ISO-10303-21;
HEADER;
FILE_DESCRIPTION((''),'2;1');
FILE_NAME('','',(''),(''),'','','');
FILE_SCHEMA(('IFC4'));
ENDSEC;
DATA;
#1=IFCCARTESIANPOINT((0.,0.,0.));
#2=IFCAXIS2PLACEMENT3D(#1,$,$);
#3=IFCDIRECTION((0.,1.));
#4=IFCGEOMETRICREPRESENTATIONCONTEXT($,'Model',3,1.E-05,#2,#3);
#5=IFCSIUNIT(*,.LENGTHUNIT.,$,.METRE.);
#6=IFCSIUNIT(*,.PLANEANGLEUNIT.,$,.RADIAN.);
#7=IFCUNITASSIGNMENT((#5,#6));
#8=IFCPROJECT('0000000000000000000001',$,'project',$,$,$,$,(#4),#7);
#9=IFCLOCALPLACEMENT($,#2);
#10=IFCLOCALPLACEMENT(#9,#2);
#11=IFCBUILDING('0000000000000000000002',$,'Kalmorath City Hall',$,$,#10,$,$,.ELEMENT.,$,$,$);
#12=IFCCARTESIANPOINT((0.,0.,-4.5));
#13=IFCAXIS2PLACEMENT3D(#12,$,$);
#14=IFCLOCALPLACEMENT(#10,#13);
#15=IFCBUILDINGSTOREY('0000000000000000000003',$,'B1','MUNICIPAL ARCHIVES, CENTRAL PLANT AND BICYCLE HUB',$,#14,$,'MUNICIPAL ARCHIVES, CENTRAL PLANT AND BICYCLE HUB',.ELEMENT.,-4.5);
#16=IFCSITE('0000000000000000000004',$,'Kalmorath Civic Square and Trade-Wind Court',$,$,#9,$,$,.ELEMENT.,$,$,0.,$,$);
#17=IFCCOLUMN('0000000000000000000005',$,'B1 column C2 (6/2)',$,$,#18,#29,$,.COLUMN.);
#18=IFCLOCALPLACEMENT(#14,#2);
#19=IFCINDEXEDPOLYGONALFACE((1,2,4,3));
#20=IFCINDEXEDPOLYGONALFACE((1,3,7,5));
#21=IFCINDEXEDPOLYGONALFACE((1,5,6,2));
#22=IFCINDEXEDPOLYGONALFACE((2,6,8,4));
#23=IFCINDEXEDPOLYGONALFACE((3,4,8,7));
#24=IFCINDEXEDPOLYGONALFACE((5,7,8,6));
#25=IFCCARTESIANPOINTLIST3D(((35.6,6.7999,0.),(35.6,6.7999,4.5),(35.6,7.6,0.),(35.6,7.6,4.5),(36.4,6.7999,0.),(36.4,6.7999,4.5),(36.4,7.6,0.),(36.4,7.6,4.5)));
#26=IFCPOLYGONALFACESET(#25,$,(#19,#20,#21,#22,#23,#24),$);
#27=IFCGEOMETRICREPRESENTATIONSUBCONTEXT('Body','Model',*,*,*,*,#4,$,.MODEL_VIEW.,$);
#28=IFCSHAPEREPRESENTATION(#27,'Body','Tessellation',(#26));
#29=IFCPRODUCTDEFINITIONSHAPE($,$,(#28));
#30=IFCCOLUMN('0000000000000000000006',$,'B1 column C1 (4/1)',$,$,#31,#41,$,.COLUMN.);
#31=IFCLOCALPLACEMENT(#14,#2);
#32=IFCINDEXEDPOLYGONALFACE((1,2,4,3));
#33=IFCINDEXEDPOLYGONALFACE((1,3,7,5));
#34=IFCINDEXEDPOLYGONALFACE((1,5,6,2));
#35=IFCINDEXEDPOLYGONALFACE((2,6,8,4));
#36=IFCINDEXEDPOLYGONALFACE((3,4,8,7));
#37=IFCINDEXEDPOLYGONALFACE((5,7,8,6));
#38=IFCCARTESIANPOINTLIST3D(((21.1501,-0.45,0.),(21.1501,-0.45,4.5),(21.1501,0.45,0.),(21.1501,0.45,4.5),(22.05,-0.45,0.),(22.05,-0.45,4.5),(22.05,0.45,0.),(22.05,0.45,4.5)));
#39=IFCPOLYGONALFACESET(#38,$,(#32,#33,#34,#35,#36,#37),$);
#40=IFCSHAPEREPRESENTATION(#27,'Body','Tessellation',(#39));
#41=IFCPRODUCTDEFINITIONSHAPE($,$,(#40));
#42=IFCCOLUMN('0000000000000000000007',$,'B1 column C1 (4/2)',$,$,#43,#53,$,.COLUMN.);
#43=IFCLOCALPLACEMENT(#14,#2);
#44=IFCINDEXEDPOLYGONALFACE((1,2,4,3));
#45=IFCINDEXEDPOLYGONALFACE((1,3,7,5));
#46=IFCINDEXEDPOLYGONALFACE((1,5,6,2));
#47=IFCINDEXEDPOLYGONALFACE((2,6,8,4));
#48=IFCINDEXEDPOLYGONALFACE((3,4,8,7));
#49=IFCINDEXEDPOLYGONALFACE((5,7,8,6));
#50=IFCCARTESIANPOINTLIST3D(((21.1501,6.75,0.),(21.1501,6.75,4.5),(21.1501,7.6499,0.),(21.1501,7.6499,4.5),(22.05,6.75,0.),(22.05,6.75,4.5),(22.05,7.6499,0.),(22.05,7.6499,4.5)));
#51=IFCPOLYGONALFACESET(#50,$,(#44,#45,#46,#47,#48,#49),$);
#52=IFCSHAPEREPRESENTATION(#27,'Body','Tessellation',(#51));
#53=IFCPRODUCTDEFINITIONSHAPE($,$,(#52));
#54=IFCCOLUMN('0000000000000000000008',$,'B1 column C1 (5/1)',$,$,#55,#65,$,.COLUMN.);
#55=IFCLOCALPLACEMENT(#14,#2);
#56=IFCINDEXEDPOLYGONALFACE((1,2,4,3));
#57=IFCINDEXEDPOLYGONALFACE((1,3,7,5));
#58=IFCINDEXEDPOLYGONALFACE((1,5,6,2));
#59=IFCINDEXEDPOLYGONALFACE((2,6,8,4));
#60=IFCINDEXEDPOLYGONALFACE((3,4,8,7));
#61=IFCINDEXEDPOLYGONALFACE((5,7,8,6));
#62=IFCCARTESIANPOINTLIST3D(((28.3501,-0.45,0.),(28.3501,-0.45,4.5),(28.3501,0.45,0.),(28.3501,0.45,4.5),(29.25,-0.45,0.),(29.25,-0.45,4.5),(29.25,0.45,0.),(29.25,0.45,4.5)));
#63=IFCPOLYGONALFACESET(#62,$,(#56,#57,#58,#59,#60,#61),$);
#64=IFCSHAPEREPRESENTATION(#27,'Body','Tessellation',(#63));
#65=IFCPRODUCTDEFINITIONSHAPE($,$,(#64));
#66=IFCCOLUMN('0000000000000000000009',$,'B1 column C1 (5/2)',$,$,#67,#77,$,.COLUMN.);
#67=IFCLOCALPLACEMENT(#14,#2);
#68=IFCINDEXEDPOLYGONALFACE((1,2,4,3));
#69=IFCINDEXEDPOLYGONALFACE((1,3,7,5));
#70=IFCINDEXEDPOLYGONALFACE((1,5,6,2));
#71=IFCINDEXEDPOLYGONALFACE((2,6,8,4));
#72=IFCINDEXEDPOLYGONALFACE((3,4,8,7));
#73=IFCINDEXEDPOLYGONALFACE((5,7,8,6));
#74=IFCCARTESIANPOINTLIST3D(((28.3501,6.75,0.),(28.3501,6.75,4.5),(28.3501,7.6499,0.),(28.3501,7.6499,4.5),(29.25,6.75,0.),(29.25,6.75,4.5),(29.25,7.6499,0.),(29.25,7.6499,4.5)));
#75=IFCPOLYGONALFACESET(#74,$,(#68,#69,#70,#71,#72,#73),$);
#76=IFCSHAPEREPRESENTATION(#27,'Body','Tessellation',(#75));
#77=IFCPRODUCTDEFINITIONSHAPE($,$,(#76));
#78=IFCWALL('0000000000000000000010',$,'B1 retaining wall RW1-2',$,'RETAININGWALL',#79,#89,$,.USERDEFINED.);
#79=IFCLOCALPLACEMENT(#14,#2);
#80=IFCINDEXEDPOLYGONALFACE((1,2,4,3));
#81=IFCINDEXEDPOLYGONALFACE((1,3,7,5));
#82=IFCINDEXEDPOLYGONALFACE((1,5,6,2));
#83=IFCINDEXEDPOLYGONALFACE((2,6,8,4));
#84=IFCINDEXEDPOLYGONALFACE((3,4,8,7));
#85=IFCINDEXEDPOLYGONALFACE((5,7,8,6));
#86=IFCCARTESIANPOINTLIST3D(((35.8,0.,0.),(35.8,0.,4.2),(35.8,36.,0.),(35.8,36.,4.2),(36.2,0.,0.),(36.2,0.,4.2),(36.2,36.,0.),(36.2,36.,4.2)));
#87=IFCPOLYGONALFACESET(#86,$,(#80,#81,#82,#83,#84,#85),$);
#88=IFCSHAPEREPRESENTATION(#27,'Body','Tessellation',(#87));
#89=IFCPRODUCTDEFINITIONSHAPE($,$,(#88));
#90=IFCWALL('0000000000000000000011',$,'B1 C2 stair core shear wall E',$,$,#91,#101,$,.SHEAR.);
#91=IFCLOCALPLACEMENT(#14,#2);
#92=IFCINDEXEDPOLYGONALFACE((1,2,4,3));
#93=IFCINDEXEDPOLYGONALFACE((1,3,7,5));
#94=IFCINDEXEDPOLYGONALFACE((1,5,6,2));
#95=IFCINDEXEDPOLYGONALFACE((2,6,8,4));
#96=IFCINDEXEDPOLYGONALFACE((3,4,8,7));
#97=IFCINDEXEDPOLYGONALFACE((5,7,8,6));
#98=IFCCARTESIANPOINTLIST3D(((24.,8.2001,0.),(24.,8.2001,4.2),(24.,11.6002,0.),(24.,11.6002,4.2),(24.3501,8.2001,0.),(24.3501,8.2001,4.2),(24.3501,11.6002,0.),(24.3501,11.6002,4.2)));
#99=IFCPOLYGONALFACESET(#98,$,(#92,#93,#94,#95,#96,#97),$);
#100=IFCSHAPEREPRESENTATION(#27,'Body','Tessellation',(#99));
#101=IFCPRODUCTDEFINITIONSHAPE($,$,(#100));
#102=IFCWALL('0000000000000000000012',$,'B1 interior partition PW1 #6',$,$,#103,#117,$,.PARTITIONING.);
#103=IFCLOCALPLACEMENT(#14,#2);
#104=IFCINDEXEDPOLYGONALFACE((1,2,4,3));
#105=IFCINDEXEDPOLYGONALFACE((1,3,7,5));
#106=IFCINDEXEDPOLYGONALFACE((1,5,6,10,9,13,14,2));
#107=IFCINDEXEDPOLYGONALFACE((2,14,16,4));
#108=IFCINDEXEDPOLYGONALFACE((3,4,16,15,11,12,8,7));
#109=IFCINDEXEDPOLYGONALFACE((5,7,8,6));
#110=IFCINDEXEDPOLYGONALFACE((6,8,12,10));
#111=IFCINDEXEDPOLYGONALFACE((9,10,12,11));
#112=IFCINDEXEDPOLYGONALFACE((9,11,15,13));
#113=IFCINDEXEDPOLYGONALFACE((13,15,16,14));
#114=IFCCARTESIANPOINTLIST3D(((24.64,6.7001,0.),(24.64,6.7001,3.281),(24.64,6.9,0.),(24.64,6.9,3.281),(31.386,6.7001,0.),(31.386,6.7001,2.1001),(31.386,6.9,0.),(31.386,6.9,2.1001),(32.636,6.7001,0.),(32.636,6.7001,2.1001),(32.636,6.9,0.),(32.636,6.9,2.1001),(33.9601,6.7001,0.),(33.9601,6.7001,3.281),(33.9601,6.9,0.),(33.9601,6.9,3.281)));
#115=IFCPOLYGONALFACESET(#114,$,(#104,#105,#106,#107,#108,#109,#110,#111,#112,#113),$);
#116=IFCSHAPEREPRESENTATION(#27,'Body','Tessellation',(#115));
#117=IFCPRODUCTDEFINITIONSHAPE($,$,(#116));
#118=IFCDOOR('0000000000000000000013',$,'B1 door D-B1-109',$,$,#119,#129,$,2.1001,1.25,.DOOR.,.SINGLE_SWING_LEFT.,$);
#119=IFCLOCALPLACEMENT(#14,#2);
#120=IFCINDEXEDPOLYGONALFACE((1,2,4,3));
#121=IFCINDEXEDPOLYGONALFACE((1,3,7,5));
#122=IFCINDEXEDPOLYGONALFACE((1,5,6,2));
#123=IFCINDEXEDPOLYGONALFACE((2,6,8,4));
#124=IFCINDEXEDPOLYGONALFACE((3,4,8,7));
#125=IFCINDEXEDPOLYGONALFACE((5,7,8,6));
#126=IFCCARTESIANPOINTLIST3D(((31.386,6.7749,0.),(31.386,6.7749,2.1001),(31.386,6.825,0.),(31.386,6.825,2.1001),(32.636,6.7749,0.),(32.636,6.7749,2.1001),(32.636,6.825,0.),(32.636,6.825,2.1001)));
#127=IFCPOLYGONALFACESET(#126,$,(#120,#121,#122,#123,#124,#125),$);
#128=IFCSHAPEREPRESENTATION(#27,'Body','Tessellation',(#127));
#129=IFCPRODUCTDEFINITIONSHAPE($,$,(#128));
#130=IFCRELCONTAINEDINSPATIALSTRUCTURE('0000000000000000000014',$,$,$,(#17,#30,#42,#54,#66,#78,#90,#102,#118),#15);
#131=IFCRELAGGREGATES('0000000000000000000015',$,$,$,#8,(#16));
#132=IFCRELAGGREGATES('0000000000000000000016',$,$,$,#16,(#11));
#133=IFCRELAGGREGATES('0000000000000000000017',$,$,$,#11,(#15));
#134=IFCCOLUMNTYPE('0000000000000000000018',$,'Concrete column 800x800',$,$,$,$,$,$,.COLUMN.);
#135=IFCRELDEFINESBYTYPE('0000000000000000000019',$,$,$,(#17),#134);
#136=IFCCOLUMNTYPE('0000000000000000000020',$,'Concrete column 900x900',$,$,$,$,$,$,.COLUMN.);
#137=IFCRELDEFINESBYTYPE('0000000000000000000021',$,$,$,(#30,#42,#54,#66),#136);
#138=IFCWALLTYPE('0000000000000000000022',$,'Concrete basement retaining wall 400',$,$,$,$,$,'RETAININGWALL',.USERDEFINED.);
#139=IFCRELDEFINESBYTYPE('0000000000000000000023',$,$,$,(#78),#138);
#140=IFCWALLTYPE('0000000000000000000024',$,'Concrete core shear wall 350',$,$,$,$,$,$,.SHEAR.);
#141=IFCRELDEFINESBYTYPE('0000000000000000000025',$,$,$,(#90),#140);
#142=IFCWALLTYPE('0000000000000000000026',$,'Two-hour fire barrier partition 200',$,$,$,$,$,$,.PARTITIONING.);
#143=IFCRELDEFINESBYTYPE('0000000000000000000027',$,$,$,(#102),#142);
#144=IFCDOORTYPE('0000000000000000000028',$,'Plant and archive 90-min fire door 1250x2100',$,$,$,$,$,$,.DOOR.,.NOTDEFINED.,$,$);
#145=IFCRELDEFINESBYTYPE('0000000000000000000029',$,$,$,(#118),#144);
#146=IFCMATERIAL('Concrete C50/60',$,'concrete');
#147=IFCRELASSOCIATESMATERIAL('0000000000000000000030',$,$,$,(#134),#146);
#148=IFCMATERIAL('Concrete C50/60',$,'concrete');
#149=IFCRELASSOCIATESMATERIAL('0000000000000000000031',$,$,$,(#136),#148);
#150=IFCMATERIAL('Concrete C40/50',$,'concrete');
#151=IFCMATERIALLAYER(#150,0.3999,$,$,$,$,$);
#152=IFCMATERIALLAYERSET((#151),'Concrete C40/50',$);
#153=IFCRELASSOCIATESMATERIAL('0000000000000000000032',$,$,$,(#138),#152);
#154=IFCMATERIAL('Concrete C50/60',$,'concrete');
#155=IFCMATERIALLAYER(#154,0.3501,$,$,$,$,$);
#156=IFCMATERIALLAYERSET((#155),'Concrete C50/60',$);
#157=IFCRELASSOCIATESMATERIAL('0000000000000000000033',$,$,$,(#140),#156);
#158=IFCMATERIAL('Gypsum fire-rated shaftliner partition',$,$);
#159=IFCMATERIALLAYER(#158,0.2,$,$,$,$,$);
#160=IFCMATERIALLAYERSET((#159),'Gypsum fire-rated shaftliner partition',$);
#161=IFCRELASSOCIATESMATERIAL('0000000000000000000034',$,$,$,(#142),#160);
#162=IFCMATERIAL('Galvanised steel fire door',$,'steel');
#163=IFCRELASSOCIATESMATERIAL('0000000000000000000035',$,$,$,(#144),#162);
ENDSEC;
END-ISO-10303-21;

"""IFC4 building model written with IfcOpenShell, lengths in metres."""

from ifc_helpers import new_model, si_unit, direction, frame, frame_2d, origin, origin_2d, place, context, subcontext, project, spatial, rectangle, extrude, material, layer, layer_set, material_profile, profile_set, type_object, element, fill, save


model = new_model("IFC4")

# Units and contexts
model_context = context("Model", 3, precision=1e-05, world=origin(), true_north=direction((0.0, 1.0)))
body_context = subcontext(model_context, "Body", "Model", "MODEL_VIEW")
ifc_project = project(units=[si_unit("LENGTHUNIT", "METRE"), si_unit("PLANEANGLEUNIT", "RADIAN")], contexts=[model_context])

# Site, building, storey
site_placement = place(None, origin())
site = spatial("IfcSite", under=ifc_project, at=site_placement, Name="Kalmorath Civic Square and Trade-Wind Court", CompositionType="ELEMENT", RefElevation=0.0)
building_placement = place(site_placement, origin())
building = spatial("IfcBuilding", under=site, at=building_placement, Name="Kalmorath City Hall", CompositionType="ELEMENT")
storey_placement = place(building_placement, frame((0.0, 0.0, -4.5)))
storey = spatial("IfcBuildingStorey", under=building, at=storey_placement, Name="B1", Description="MUNICIPAL ARCHIVES, CENTRAL PLANT AND BICYCLE HUB", LongName="MUNICIPAL ARCHIVES, CENTRAL PLANT AND BICYCLE HUB", CompositionType="ELEMENT", Elevation=-4.5)

# Columns
ifc_material_1 = material(Name="Concrete C50/60", Category="concrete")
ifc_material_profile_1 = material_profile(ifc_material_1, rectangle(XDim=0.8, YDim=0.8, at=origin_2d()), Name="RC-COL-800X800")
ifc_profile_set_1 = profile_set([ifc_material_profile_1], Name="Concrete C50/60")
column_type_1 = type_object("IfcColumnType", Name="Concrete column 800x800", PredefinedType="COLUMN", material=ifc_profile_set_1)
column_1_placement = place(storey_placement, frame((36.0, 7.2, 0.0), z_axis=(0.0, 0.0, 1.0), x_axis=(1.0, 0.0, 0.0)))
element("IfcColumn", 1, at=column_1_placement, inside=storey, type_object=column_type_1, Name="B1 column C2 (6/2)", PredefinedType="COLUMN", context=body_context, shape_type="SweptSolid", body=[
    extrude(rectangle(XDim=0.8, YDim=0.8, at=origin_2d()), origin(), (0.0, 0.0, 1.0), 4.5),
])
ifc_material_2 = material(Name="Concrete C50/60", Category="concrete")
ifc_material_profile_2 = material_profile(ifc_material_2, rectangle(XDim=0.8999, YDim=0.8999, at=origin_2d()), Name="RC-COL-900X900")
ifc_profile_set_2 = profile_set([ifc_material_profile_2], Name="Concrete C50/60")
column_type_2 = type_object("IfcColumnType", Name="Concrete column 900x900", PredefinedType="COLUMN", material=ifc_profile_set_2)
for number, where, z_axis, x_axis, name in (
    (2, (21.6001, 0.0, 0.0), (0.0, 0.0, 1.0), (1.0, 0.0, 0.0), "B1 column C1 (4/1)"),
    (3, (21.6001, 7.2, 0.0), (0.0, 0.0, 1.0), (1.0, 0.0, 0.0), "B1 column C1 (4/2)"),
    (4, (28.8, 0.0, 0.0), (0.0, 0.0, 1.0), (1.0, 0.0, 0.0), "B1 column C1 (5/1)"),
    (5, (28.8, 7.2, 0.0), (0.0, 0.0, 1.0), (1.0, 0.0, 0.0), "B1 column C1 (5/2)"),
):
    element("IfcColumn", number, at=place(storey_placement, frame(where, z_axis=z_axis, x_axis=x_axis)), inside=storey, type_object=column_type_2, Name=name, PredefinedType="COLUMN", context=body_context, shape_type="SweptSolid", body=[
        extrude(rectangle(XDim=0.8999, YDim=0.8999, at=origin_2d()), origin(), (0.0, 0.0, 1.0), 4.5),
    ])

# Walls
ifc_material_3 = material(Name="Concrete C40/50", Category="concrete")
ifc_layer_1 = layer(ifc_material_3, 0.3999)
ifc_layer_set_1 = layer_set([ifc_layer_1], Name="Concrete C40/50")
wall_type_1 = type_object("IfcWallType", Name="Concrete basement retaining wall 400", ElementType="RETAININGWALL", PredefinedType="USERDEFINED", material=ifc_layer_set_1)
wall_1_placement = place(storey_placement, frame((36.0, 0.0, 0.0), z_axis=(0.0, 0.0, 1.0), x_axis=(0.0, 1.0, 0.0)))
element("IfcWall", 6, at=wall_1_placement, inside=storey, type_object=wall_type_1, Name="B1 retaining wall RW1-2", ObjectType="RETAININGWALL", PredefinedType="USERDEFINED", context=body_context, shape_type="SweptSolid", body=[
    extrude(rectangle(XDim=36.0, YDim=0.3999, at=frame_2d((18.0, 0.0))), origin(), (0.0, 0.0, 1.0), 4.2),
])
ifc_material_4 = material(Name="Concrete C50/60", Category="concrete")
ifc_layer_2 = layer(ifc_material_4, 0.3501)
ifc_layer_set_2 = layer_set([ifc_layer_2], Name="Concrete C50/60")
wall_type_2 = type_object("IfcWallType", Name="Concrete core shear wall 350", PredefinedType="SHEAR", material=ifc_layer_set_2)
wall_2_placement = place(storey_placement, frame((24.175, 8.2, 0.0), z_axis=(0.0, 0.0, 1.0), x_axis=(0.0, 1.0, 0.0)))
element("IfcWall", 7, at=wall_2_placement, inside=storey, type_object=wall_type_2, Name="B1 C2 stair core shear wall E", PredefinedType="SHEAR", context=body_context, shape_type="SweptSolid", body=[
    extrude(rectangle(XDim=3.4001, YDim=0.3501, at=frame_2d((1.7002, 0.0))), origin(), (0.0, 0.0, 1.0), 4.2),
])

# Wall, opening, door
ifc_material_5 = material(Name="Gypsum fire-rated shaftliner partition")
ifc_layer_3 = layer(ifc_material_5, 0.2)
ifc_layer_set_3 = layer_set([ifc_layer_3], Name="Gypsum fire-rated shaftliner partition")
wall_type_3 = type_object("IfcWallType", Name="Two-hour fire barrier partition 200", PredefinedType="PARTITIONING", material=ifc_layer_set_3)
wall_3_placement = place(storey_placement, frame((24.6399, 6.8, 0.0), z_axis=(0.0, 0.0, 1.0), x_axis=(1.0, 0.0, 0.0)))
wall_3 = element("IfcWall", 8, at=wall_3_placement, inside=storey, type_object=wall_type_3, Name="B1 interior partition PW1 #6", PredefinedType="PARTITIONING", context=body_context, shape_type="SweptSolid", body=[
    extrude(rectangle(XDim=9.3201, YDim=0.2, at=frame_2d((4.6602, 0.0))), origin(), (0.0, 0.0, 1.0), 3.281),
])
opening_placement = place(wall_3_placement, frame((6.7461, 0.0, 0.0)))
opening = element("IfcOpeningElement", 9, at=opening_placement, cuts=wall_3, PredefinedType="OPENING", context=body_context, shape_type="SweptSolid", body=[
    extrude(rectangle(XDim=1.25, YDim=2.1001, at=frame_2d((0.625, 1.05))), frame((0.0, 0.1099, 0.0), z_axis=(0.0, -1.0, 0.0), x_axis=(1.0, 0.0, 0.0)), (0.0, 0.0, 1.0), 0.22),
])
ifc_material_6 = material(Name="Galvanised steel fire door", Category="steel")
door_type = type_object("IfcDoorType", Name="Plant and archive 90-min fire door 1250x2100", OperationType="NOTDEFINED", PredefinedType="DOOR", material=ifc_material_6)
door_placement = place(opening_placement, origin())
door = element("IfcDoor", 10, at=door_placement, inside=storey, type_object=door_type, Name="B1 door D-B1-109", OperationType="SINGLE_SWING_LEFT", OverallHeight=2.1001, OverallWidth=1.25, PredefinedType="DOOR", context=body_context, shape_type="SweptSolid", body=[
    extrude(rectangle(XDim=1.25, YDim=2.1001, at=frame_2d((0.625, 1.05))), frame((0.0, 0.0249, 0.0), z_axis=(0.0, -1.0, 0.0), x_axis=(1.0, 0.0, 0.0)), (0.0, 0.0, 1.0), 0.05),
])
fill(opening, door)

save(model, "model.ifc")
